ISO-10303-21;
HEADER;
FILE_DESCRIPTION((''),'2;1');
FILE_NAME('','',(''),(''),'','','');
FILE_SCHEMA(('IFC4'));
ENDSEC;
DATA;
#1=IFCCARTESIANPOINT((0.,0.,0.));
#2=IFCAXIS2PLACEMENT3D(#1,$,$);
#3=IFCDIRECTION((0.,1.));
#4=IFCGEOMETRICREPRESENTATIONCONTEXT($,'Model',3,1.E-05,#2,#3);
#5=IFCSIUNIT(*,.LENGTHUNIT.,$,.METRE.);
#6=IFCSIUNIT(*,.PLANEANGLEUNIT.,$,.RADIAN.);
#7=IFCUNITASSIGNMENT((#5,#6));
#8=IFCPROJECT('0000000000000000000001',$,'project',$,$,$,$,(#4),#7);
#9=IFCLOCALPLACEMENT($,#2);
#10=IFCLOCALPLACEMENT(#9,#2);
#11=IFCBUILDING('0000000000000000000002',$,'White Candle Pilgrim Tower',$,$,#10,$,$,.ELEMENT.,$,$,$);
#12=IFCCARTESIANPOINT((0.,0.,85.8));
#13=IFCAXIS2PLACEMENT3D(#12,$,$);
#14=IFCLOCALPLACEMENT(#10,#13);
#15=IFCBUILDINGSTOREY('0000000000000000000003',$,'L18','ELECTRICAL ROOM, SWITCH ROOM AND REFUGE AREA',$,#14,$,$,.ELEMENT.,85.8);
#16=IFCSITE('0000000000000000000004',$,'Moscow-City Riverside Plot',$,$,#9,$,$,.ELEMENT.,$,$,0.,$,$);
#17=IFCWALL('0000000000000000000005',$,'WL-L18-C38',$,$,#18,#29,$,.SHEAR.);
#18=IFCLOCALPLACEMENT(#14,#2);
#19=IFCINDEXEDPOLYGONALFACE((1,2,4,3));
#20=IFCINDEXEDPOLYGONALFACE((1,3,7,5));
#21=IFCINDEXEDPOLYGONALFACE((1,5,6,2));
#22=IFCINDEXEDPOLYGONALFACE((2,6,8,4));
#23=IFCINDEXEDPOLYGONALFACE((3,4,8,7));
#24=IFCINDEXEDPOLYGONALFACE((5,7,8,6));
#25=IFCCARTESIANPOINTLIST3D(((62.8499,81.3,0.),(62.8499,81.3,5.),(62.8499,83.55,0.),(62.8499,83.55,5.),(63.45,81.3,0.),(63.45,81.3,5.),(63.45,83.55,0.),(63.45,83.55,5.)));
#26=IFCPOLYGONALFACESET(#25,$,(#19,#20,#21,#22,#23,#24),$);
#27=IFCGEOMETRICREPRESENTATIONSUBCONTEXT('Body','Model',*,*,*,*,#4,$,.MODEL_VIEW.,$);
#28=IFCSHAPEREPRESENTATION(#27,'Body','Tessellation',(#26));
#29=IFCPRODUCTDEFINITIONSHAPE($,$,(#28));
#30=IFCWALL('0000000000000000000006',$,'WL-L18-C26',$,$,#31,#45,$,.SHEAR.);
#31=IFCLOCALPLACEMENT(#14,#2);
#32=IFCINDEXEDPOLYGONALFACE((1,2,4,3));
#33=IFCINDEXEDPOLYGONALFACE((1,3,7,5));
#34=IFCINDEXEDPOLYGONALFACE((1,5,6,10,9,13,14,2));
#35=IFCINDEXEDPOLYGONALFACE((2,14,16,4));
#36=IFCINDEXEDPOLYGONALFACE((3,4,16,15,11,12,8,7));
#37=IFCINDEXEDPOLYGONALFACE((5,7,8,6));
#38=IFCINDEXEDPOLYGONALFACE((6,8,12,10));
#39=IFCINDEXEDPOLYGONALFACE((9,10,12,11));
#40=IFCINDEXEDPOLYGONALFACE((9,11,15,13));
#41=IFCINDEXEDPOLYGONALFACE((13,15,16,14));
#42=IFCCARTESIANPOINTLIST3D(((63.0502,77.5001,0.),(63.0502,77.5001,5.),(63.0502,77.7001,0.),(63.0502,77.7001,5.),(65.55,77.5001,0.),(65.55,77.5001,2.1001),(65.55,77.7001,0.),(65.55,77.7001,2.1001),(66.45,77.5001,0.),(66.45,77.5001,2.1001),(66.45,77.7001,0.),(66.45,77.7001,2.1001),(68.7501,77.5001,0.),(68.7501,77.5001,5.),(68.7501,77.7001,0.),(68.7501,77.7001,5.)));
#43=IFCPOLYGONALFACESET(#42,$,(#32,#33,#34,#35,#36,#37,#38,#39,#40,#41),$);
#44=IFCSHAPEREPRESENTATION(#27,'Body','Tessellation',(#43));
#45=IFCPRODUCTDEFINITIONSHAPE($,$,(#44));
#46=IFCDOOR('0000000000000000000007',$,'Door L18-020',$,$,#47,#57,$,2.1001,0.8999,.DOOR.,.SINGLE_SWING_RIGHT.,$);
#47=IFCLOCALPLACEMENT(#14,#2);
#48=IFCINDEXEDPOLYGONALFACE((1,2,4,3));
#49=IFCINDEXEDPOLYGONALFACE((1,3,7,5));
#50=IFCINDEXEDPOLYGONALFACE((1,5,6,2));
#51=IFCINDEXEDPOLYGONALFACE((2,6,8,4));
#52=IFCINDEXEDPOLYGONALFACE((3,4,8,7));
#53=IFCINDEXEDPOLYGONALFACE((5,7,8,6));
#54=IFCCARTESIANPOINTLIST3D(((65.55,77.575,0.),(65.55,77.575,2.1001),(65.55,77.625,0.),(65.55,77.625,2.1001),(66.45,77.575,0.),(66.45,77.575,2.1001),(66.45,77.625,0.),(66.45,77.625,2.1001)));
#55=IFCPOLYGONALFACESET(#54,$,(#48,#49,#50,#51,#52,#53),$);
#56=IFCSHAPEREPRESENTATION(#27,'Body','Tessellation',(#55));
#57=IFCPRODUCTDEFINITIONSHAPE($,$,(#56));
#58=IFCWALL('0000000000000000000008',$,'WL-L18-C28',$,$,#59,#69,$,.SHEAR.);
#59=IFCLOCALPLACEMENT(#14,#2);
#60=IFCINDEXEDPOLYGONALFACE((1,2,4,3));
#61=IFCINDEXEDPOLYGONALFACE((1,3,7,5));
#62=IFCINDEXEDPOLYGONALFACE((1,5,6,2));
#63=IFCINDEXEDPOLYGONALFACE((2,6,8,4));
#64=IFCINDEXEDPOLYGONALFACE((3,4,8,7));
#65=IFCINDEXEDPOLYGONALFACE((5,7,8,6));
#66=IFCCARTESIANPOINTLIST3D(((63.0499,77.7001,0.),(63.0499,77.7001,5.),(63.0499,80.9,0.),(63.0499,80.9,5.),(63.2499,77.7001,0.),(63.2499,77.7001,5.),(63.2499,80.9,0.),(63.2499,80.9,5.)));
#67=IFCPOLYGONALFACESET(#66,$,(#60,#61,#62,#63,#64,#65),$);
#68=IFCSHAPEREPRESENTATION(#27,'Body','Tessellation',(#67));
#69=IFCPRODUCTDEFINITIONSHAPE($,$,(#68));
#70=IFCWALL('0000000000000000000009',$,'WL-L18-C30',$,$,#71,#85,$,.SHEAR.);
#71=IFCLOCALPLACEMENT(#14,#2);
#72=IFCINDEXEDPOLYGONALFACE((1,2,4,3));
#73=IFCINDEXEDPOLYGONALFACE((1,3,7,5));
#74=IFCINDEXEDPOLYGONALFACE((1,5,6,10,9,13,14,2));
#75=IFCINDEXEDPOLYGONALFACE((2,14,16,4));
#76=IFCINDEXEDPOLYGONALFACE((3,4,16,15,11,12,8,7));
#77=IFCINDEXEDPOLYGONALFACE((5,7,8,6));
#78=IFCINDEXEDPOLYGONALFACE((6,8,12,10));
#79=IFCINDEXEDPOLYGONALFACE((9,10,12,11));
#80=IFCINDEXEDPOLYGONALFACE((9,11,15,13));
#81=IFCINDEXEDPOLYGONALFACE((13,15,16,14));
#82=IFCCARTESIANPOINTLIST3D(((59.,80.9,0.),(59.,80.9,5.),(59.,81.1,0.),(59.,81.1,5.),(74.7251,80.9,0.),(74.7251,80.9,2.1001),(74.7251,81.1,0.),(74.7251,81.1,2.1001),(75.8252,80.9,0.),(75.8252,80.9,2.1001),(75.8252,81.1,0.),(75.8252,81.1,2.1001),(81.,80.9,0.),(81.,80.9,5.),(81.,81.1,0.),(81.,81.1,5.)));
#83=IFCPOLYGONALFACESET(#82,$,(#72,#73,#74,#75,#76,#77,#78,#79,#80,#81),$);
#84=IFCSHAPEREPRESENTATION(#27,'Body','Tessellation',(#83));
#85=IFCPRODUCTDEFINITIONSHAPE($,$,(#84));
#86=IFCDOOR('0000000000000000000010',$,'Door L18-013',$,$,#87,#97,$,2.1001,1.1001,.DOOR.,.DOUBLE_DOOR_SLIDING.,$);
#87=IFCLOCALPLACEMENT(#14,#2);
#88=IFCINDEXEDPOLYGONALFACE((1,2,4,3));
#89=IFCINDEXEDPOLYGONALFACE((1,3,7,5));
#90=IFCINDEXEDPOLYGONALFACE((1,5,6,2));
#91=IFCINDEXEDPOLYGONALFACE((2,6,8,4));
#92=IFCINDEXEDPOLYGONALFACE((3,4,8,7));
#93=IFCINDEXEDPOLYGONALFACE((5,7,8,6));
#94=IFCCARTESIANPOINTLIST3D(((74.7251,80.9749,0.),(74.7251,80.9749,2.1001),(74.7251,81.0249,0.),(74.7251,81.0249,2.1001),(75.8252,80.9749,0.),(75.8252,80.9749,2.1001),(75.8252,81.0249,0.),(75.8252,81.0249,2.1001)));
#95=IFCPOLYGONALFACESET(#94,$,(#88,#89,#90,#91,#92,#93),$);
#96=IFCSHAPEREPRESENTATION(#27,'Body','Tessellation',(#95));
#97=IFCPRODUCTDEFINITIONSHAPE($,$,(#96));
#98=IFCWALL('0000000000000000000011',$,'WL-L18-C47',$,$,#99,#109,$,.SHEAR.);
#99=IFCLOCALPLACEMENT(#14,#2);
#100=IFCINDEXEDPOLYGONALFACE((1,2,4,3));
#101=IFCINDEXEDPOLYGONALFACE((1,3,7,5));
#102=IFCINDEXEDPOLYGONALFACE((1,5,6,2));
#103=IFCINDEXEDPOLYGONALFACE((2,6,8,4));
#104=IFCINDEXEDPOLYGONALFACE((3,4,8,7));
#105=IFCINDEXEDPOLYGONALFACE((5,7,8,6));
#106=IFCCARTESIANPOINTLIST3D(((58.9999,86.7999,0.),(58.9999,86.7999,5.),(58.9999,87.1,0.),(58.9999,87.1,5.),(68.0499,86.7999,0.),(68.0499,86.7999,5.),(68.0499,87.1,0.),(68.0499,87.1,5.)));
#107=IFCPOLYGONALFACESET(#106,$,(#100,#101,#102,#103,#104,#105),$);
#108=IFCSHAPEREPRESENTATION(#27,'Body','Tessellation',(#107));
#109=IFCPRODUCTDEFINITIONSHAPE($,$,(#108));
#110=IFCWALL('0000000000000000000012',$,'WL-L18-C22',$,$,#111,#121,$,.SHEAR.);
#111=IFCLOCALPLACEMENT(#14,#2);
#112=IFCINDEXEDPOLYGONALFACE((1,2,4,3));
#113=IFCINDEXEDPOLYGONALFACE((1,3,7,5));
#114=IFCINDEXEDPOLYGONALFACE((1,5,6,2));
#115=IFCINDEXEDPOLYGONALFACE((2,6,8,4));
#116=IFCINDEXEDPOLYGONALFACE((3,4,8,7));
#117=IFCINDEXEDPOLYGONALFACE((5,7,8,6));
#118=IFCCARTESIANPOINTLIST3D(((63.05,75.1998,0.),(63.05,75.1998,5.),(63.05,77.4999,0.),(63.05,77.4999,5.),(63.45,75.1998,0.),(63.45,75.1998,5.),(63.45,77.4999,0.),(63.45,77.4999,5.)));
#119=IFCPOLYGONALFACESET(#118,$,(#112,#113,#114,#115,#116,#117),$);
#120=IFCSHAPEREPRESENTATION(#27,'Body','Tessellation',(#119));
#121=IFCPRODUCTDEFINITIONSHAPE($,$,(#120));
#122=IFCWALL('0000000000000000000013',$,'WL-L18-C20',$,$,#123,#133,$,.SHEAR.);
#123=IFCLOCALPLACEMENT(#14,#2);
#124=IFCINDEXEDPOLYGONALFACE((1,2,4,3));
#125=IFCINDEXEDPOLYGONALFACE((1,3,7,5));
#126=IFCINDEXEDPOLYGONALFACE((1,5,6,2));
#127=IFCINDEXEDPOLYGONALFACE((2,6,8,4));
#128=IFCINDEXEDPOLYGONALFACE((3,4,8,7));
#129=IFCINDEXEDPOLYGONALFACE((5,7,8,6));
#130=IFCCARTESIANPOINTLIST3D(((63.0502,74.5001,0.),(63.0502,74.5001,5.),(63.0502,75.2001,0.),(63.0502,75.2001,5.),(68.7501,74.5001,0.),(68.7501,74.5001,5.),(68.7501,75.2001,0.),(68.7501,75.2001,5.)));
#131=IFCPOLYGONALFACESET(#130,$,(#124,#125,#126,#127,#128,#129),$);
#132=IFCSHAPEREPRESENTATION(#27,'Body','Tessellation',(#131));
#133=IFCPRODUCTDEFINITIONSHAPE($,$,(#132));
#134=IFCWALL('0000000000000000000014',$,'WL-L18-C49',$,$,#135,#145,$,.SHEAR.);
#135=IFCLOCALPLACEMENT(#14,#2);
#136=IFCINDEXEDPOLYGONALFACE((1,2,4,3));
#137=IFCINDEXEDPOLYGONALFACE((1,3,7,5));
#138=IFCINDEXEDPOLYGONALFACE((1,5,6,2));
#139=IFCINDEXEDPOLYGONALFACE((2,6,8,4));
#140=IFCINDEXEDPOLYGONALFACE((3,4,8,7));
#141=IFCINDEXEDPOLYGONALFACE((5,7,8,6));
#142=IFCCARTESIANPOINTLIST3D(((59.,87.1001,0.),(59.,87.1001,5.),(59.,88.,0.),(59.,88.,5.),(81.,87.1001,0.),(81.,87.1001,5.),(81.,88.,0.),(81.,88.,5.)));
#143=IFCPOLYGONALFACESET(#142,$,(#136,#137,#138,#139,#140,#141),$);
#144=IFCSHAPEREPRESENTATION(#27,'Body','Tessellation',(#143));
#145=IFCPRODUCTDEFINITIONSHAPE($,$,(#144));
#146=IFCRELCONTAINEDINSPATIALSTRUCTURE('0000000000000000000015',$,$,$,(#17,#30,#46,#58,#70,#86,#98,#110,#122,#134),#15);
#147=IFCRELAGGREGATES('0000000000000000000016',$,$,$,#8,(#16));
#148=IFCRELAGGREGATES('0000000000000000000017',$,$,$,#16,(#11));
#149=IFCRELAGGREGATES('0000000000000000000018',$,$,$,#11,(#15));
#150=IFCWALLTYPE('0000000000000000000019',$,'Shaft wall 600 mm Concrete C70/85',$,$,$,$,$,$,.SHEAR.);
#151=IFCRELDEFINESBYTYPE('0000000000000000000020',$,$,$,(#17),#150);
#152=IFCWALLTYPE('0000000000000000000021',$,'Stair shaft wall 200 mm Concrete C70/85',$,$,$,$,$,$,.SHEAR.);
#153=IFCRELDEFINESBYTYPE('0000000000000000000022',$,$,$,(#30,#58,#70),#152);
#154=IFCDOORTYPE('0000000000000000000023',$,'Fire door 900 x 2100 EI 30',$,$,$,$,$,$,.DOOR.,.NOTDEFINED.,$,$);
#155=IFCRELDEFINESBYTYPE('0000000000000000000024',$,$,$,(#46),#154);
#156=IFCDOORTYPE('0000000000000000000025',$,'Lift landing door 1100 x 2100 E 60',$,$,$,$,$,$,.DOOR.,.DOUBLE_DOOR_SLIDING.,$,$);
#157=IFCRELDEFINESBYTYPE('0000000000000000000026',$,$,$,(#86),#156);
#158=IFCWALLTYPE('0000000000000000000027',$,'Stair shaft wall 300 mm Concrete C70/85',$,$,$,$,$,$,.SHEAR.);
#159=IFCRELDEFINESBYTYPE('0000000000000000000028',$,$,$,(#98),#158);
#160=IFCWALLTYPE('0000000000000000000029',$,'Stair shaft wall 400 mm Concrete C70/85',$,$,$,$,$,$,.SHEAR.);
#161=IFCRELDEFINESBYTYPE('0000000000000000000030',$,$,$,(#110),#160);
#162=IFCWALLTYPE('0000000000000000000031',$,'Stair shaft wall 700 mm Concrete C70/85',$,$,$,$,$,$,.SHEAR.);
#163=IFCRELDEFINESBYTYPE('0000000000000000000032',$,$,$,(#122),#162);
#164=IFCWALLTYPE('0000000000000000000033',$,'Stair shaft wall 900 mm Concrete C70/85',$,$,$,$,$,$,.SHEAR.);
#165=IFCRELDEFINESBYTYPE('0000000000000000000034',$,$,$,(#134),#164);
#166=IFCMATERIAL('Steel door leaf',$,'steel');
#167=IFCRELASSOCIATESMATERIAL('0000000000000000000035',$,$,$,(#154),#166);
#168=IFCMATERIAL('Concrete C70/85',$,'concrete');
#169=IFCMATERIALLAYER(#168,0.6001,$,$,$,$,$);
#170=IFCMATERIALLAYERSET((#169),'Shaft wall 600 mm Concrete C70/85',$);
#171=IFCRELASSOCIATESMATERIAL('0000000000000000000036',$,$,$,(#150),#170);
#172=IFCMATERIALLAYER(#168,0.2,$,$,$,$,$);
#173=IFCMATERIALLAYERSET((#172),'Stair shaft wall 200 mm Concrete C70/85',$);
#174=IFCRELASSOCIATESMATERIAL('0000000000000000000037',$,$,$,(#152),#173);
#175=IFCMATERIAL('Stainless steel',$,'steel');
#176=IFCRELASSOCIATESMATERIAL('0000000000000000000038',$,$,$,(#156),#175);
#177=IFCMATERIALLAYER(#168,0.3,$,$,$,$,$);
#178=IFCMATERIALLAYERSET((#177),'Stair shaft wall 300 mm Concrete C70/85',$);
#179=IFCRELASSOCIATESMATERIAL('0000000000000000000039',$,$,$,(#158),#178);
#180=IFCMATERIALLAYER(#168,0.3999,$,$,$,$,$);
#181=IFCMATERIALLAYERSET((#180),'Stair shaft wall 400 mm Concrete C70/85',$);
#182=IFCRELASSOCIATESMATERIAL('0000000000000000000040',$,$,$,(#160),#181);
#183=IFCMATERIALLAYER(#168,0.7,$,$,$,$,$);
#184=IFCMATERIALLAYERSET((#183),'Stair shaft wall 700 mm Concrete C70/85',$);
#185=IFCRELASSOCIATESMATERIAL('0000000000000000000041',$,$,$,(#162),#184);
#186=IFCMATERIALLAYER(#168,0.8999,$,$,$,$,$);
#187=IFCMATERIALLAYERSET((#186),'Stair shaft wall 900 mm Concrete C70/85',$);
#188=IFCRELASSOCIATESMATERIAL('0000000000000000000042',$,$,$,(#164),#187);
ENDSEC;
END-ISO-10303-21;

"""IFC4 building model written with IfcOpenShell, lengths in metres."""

from ifc_helpers import new_model, si_unit, direction, frame, frame_2d, origin, place, context, subcontext, project, spatial, rectangle, extrude, material, layer, layer_set, type_object, element, fill, save


model = new_model("IFC4")

# Units and contexts
model_context = context("Model", 3, precision=1e-05, world=origin(), true_north=direction((0.0, 1.0)))
body_context = subcontext(model_context, "Body", "Model", "MODEL_VIEW")
ifc_project = project(units=[si_unit("LENGTHUNIT", "METRE"), si_unit("PLANEANGLEUNIT", "RADIAN")], contexts=[model_context])

# Site, building, storey
site_placement = place(None, origin())
site = spatial("IfcSite", under=ifc_project, at=site_placement, Name="Moscow-City Riverside Plot", CompositionType="ELEMENT", RefElevation=0.0)
building_placement = place(site_placement, origin())
building = spatial("IfcBuilding", under=site, at=building_placement, Name="White Candle Pilgrim Tower", CompositionType="ELEMENT")
storey_placement = place(building_placement, frame((0.0, 0.0, 85.8)))
storey = spatial("IfcBuildingStorey", under=building, at=storey_placement, Name="L18", Description="ELECTRICAL ROOM, SWITCH ROOM AND REFUGE AREA", CompositionType="ELEMENT", Elevation=85.8)

# Shared definitions
ifc_material_1 = material(Name="Concrete C70/85", Category="concrete")
ifc_material_2 = material(Name="Steel door leaf", Category="steel")

# Shared definitions
ifc_material_3 = material(Name="Stainless steel", Category="steel")

# Shared definitions
door_type_1 = type_object("IfcDoorType", Name="Fire door 900 x 2100 EI 30", OperationType="NOTDEFINED", PredefinedType="DOOR", material=ifc_material_2)

# Wall
ifc_layer_1 = layer(ifc_material_1, 0.6001)
ifc_layer_set_1 = layer_set([ifc_layer_1], Name="Shaft wall 600 mm Concrete C70/85")
wall_type_1 = type_object("IfcWallType", Name="Shaft wall 600 mm Concrete C70/85", PredefinedType="SHEAR", material=ifc_layer_set_1)
wall_1_placement = place(storey_placement, frame((63.1499, 81.3, 0.0), z_axis=(0.0, 0.0, 1.0), x_axis=(0.0, 1.0, 0.0)))
element("IfcWall", 1, at=wall_1_placement, inside=storey, type_object=wall_type_1, Name="WL-L18-C38", PredefinedType="SHEAR", context=body_context, shape_type="SweptSolid", body=[
    extrude(rectangle(XDim=2.25, YDim=0.6001, at=frame_2d((1.125, 0.0))), origin(), (0.0, 0.0, 1.0), 5.0),
])

# Wall, opening, door
ifc_layer_2 = layer(ifc_material_1, 0.2)
ifc_layer_set_2 = layer_set([ifc_layer_2], Name="Stair shaft wall 200 mm Concrete C70/85")
wall_type_2 = type_object("IfcWallType", Name="Stair shaft wall 200 mm Concrete C70/85", PredefinedType="SHEAR", material=ifc_layer_set_2)
wall_2_placement = place(storey_placement, frame((63.05, 77.6001, 0.0), z_axis=(0.0, 0.0, 1.0), x_axis=(1.0, 0.0, 0.0)))
wall_2 = element("IfcWall", 2, at=wall_2_placement, inside=storey, type_object=wall_type_2, Name="WL-L18-C26", PredefinedType="SHEAR", context=body_context, shape_type="SweptSolid", body=[
    extrude(rectangle(XDim=5.7, YDim=0.2, at=frame_2d((2.8501, 0.0))), origin(), (0.0, 0.0, 1.0), 5.0),
])
opening_1_placement = place(wall_2_placement, frame((2.5, 0.0, 0.0)))
opening_1 = element("IfcOpeningElement", 3, at=opening_1_placement, cuts=wall_2, PredefinedType="OPENING", context=body_context, shape_type="SweptSolid", body=[
    extrude(rectangle(XDim=0.8999, YDim=2.1001, at=frame_2d((0.45, 1.05))), frame((0.0, 0.1099, 0.0), z_axis=(0.0, -1.0, 0.0), x_axis=(1.0, 0.0, 0.0)), (0.0, 0.0, 1.0), 0.22),
])
door_1_placement = place(opening_1_placement, origin())
door_1 = element("IfcDoor", 4, at=door_1_placement, inside=storey, type_object=door_type_1, Name="Door L18-020", OperationType="SINGLE_SWING_RIGHT", OverallHeight=2.1001, OverallWidth=0.8999, PredefinedType="DOOR", context=body_context, shape_type="SweptSolid", body=[
    extrude(rectangle(XDim=0.8999, YDim=2.1001, at=frame_2d((0.45, 1.05))), frame((0.0, 0.0249, 0.0), z_axis=(0.0, -1.0, 0.0), x_axis=(1.0, 0.0, 0.0)), (0.0, 0.0, 1.0), 0.05),
])
fill(opening_1, door_1)

# Wall
wall_3_placement = place(storey_placement, frame((63.1499, 77.7, 0.0), z_axis=(0.0, 0.0, 1.0), x_axis=(0.0, 1.0, 0.0)))
element("IfcWall", 5, at=wall_3_placement, inside=storey, type_object=wall_type_2, Name="WL-L18-C28", PredefinedType="SHEAR", context=body_context, shape_type="SweptSolid", body=[
    extrude(rectangle(XDim=3.2, YDim=0.2, at=frame_2d((1.6001, 0.0))), origin(), (0.0, 0.0, 1.0), 5.0),
])

# Wall, opening, door
wall_4_placement = place(storey_placement, frame((59.0, 81.0, 0.0), z_axis=(0.0, 0.0, 1.0), x_axis=(1.0, 0.0, 0.0)))
wall_4 = element("IfcWall", 6, at=wall_4_placement, inside=storey, type_object=wall_type_2, Name="WL-L18-C30", PredefinedType="SHEAR", context=body_context, shape_type="SweptSolid", body=[
    extrude(rectangle(XDim=22.0, YDim=0.2, at=frame_2d((11.0, 0.0))), origin(), (0.0, 0.0, 1.0), 5.0),
])
opening_2_placement = place(wall_4_placement, frame((15.7251, 0.0, 0.0)))
opening_2 = element("IfcOpeningElement", 7, at=opening_2_placement, cuts=wall_4, PredefinedType="OPENING", context=body_context, shape_type="SweptSolid", body=[
    extrude(rectangle(XDim=1.1001, YDim=2.1001, at=frame_2d((0.55, 1.05))), frame((0.0, 0.1099, 0.0), z_axis=(0.0, -1.0, 0.0), x_axis=(1.0, 0.0, 0.0)), (0.0, 0.0, 1.0), 0.22),
])
door_type_2 = type_object("IfcDoorType", Name="Lift landing door 1100 x 2100 E 60", OperationType="DOUBLE_DOOR_SLIDING", PredefinedType="DOOR", material=ifc_material_3)
door_2_placement = place(opening_2_placement, origin())
door_2 = element("IfcDoor", 8, at=door_2_placement, inside=storey, type_object=door_type_2, Name="Door L18-013", OperationType="DOUBLE_DOOR_SLIDING", OverallHeight=2.1001, OverallWidth=1.1001, PredefinedType="DOOR", context=body_context, shape_type="SweptSolid", body=[
    extrude(rectangle(XDim=1.1001, YDim=2.1001, at=frame_2d((0.55, 1.05))), frame((0.0, 0.0249, 0.0), z_axis=(0.0, -1.0, 0.0), x_axis=(1.0, 0.0, 0.0)), (0.0, 0.0, 1.0), 0.05),
])
fill(opening_2, door_2)

# Walls
ifc_layer_3 = layer(ifc_material_1, 0.3)
ifc_layer_set_3 = layer_set([ifc_layer_3], Name="Stair shaft wall 300 mm Concrete C70/85")
wall_type_3 = type_object("IfcWallType", Name="Stair shaft wall 300 mm Concrete C70/85", PredefinedType="SHEAR", material=ifc_layer_set_3)
wall_5_placement = place(storey_placement, frame((59.0, 86.95, 0.0), z_axis=(0.0, 0.0, 1.0), x_axis=(1.0, 0.0, 0.0)))
element("IfcWall", 9, at=wall_5_placement, inside=storey, type_object=wall_type_3, Name="WL-L18-C47", PredefinedType="SHEAR", context=body_context, shape_type="SweptSolid", body=[
    extrude(rectangle(XDim=9.05, YDim=0.3, at=frame_2d((4.5249, 0.0))), origin(), (0.0, 0.0, 1.0), 5.0),
])
ifc_layer_4 = layer(ifc_material_1, 0.3999)
ifc_layer_set_4 = layer_set([ifc_layer_4], Name="Stair shaft wall 400 mm Concrete C70/85")
wall_type_4 = type_object("IfcWallType", Name="Stair shaft wall 400 mm Concrete C70/85", PredefinedType="SHEAR", material=ifc_layer_set_4)
wall_6_placement = place(storey_placement, frame((63.25, 75.2, 0.0), z_axis=(0.0, 0.0, 1.0), x_axis=(0.0, 1.0, 0.0)))
element("IfcWall", 10, at=wall_6_placement, inside=storey, type_object=wall_type_4, Name="WL-L18-C22", PredefinedType="SHEAR", context=body_context, shape_type="SweptSolid", body=[
    extrude(rectangle(XDim=2.3, YDim=0.3999, at=frame_2d((1.1499, 0.0))), origin(), (0.0, 0.0, 1.0), 5.0),
])
ifc_layer_5 = layer(ifc_material_1, 0.7)
ifc_layer_set_5 = layer_set([ifc_layer_5], Name="Stair shaft wall 700 mm Concrete C70/85")
wall_type_5 = type_object("IfcWallType", Name="Stair shaft wall 700 mm Concrete C70/85", PredefinedType="SHEAR", material=ifc_layer_set_5)
wall_7_placement = place(storey_placement, frame((63.05, 74.8501, 0.0), z_axis=(0.0, 0.0, 1.0), x_axis=(1.0, 0.0, 0.0)))
element("IfcWall", 11, at=wall_7_placement, inside=storey, type_object=wall_type_5, Name="WL-L18-C20", PredefinedType="SHEAR", context=body_context, shape_type="SweptSolid", body=[
    extrude(rectangle(XDim=5.7, YDim=0.7, at=frame_2d((2.8501, 0.0))), origin(), (0.0, 0.0, 1.0), 5.0),
])
ifc_layer_6 = layer(ifc_material_1, 0.8999)
ifc_layer_set_6 = layer_set([ifc_layer_6], Name="Stair shaft wall 900 mm Concrete C70/85")
wall_type_6 = type_object("IfcWallType", Name="Stair shaft wall 900 mm Concrete C70/85", PredefinedType="SHEAR", material=ifc_layer_set_6)
wall_8_placement = place(storey_placement, frame((59.0, 87.55, 0.0), z_axis=(0.0, 0.0, 1.0), x_axis=(1.0, 0.0, 0.0)))
element("IfcWall", 12, at=wall_8_placement, inside=storey, type_object=wall_type_6, Name="WL-L18-C49", PredefinedType="SHEAR", context=body_context, shape_type="SweptSolid", body=[
    extrude(rectangle(XDim=22.0, YDim=0.8999, at=frame_2d((11.0, 0.0))), origin(), (0.0, 0.0, 1.0), 5.0),
])

save(model, "model.ifc")
